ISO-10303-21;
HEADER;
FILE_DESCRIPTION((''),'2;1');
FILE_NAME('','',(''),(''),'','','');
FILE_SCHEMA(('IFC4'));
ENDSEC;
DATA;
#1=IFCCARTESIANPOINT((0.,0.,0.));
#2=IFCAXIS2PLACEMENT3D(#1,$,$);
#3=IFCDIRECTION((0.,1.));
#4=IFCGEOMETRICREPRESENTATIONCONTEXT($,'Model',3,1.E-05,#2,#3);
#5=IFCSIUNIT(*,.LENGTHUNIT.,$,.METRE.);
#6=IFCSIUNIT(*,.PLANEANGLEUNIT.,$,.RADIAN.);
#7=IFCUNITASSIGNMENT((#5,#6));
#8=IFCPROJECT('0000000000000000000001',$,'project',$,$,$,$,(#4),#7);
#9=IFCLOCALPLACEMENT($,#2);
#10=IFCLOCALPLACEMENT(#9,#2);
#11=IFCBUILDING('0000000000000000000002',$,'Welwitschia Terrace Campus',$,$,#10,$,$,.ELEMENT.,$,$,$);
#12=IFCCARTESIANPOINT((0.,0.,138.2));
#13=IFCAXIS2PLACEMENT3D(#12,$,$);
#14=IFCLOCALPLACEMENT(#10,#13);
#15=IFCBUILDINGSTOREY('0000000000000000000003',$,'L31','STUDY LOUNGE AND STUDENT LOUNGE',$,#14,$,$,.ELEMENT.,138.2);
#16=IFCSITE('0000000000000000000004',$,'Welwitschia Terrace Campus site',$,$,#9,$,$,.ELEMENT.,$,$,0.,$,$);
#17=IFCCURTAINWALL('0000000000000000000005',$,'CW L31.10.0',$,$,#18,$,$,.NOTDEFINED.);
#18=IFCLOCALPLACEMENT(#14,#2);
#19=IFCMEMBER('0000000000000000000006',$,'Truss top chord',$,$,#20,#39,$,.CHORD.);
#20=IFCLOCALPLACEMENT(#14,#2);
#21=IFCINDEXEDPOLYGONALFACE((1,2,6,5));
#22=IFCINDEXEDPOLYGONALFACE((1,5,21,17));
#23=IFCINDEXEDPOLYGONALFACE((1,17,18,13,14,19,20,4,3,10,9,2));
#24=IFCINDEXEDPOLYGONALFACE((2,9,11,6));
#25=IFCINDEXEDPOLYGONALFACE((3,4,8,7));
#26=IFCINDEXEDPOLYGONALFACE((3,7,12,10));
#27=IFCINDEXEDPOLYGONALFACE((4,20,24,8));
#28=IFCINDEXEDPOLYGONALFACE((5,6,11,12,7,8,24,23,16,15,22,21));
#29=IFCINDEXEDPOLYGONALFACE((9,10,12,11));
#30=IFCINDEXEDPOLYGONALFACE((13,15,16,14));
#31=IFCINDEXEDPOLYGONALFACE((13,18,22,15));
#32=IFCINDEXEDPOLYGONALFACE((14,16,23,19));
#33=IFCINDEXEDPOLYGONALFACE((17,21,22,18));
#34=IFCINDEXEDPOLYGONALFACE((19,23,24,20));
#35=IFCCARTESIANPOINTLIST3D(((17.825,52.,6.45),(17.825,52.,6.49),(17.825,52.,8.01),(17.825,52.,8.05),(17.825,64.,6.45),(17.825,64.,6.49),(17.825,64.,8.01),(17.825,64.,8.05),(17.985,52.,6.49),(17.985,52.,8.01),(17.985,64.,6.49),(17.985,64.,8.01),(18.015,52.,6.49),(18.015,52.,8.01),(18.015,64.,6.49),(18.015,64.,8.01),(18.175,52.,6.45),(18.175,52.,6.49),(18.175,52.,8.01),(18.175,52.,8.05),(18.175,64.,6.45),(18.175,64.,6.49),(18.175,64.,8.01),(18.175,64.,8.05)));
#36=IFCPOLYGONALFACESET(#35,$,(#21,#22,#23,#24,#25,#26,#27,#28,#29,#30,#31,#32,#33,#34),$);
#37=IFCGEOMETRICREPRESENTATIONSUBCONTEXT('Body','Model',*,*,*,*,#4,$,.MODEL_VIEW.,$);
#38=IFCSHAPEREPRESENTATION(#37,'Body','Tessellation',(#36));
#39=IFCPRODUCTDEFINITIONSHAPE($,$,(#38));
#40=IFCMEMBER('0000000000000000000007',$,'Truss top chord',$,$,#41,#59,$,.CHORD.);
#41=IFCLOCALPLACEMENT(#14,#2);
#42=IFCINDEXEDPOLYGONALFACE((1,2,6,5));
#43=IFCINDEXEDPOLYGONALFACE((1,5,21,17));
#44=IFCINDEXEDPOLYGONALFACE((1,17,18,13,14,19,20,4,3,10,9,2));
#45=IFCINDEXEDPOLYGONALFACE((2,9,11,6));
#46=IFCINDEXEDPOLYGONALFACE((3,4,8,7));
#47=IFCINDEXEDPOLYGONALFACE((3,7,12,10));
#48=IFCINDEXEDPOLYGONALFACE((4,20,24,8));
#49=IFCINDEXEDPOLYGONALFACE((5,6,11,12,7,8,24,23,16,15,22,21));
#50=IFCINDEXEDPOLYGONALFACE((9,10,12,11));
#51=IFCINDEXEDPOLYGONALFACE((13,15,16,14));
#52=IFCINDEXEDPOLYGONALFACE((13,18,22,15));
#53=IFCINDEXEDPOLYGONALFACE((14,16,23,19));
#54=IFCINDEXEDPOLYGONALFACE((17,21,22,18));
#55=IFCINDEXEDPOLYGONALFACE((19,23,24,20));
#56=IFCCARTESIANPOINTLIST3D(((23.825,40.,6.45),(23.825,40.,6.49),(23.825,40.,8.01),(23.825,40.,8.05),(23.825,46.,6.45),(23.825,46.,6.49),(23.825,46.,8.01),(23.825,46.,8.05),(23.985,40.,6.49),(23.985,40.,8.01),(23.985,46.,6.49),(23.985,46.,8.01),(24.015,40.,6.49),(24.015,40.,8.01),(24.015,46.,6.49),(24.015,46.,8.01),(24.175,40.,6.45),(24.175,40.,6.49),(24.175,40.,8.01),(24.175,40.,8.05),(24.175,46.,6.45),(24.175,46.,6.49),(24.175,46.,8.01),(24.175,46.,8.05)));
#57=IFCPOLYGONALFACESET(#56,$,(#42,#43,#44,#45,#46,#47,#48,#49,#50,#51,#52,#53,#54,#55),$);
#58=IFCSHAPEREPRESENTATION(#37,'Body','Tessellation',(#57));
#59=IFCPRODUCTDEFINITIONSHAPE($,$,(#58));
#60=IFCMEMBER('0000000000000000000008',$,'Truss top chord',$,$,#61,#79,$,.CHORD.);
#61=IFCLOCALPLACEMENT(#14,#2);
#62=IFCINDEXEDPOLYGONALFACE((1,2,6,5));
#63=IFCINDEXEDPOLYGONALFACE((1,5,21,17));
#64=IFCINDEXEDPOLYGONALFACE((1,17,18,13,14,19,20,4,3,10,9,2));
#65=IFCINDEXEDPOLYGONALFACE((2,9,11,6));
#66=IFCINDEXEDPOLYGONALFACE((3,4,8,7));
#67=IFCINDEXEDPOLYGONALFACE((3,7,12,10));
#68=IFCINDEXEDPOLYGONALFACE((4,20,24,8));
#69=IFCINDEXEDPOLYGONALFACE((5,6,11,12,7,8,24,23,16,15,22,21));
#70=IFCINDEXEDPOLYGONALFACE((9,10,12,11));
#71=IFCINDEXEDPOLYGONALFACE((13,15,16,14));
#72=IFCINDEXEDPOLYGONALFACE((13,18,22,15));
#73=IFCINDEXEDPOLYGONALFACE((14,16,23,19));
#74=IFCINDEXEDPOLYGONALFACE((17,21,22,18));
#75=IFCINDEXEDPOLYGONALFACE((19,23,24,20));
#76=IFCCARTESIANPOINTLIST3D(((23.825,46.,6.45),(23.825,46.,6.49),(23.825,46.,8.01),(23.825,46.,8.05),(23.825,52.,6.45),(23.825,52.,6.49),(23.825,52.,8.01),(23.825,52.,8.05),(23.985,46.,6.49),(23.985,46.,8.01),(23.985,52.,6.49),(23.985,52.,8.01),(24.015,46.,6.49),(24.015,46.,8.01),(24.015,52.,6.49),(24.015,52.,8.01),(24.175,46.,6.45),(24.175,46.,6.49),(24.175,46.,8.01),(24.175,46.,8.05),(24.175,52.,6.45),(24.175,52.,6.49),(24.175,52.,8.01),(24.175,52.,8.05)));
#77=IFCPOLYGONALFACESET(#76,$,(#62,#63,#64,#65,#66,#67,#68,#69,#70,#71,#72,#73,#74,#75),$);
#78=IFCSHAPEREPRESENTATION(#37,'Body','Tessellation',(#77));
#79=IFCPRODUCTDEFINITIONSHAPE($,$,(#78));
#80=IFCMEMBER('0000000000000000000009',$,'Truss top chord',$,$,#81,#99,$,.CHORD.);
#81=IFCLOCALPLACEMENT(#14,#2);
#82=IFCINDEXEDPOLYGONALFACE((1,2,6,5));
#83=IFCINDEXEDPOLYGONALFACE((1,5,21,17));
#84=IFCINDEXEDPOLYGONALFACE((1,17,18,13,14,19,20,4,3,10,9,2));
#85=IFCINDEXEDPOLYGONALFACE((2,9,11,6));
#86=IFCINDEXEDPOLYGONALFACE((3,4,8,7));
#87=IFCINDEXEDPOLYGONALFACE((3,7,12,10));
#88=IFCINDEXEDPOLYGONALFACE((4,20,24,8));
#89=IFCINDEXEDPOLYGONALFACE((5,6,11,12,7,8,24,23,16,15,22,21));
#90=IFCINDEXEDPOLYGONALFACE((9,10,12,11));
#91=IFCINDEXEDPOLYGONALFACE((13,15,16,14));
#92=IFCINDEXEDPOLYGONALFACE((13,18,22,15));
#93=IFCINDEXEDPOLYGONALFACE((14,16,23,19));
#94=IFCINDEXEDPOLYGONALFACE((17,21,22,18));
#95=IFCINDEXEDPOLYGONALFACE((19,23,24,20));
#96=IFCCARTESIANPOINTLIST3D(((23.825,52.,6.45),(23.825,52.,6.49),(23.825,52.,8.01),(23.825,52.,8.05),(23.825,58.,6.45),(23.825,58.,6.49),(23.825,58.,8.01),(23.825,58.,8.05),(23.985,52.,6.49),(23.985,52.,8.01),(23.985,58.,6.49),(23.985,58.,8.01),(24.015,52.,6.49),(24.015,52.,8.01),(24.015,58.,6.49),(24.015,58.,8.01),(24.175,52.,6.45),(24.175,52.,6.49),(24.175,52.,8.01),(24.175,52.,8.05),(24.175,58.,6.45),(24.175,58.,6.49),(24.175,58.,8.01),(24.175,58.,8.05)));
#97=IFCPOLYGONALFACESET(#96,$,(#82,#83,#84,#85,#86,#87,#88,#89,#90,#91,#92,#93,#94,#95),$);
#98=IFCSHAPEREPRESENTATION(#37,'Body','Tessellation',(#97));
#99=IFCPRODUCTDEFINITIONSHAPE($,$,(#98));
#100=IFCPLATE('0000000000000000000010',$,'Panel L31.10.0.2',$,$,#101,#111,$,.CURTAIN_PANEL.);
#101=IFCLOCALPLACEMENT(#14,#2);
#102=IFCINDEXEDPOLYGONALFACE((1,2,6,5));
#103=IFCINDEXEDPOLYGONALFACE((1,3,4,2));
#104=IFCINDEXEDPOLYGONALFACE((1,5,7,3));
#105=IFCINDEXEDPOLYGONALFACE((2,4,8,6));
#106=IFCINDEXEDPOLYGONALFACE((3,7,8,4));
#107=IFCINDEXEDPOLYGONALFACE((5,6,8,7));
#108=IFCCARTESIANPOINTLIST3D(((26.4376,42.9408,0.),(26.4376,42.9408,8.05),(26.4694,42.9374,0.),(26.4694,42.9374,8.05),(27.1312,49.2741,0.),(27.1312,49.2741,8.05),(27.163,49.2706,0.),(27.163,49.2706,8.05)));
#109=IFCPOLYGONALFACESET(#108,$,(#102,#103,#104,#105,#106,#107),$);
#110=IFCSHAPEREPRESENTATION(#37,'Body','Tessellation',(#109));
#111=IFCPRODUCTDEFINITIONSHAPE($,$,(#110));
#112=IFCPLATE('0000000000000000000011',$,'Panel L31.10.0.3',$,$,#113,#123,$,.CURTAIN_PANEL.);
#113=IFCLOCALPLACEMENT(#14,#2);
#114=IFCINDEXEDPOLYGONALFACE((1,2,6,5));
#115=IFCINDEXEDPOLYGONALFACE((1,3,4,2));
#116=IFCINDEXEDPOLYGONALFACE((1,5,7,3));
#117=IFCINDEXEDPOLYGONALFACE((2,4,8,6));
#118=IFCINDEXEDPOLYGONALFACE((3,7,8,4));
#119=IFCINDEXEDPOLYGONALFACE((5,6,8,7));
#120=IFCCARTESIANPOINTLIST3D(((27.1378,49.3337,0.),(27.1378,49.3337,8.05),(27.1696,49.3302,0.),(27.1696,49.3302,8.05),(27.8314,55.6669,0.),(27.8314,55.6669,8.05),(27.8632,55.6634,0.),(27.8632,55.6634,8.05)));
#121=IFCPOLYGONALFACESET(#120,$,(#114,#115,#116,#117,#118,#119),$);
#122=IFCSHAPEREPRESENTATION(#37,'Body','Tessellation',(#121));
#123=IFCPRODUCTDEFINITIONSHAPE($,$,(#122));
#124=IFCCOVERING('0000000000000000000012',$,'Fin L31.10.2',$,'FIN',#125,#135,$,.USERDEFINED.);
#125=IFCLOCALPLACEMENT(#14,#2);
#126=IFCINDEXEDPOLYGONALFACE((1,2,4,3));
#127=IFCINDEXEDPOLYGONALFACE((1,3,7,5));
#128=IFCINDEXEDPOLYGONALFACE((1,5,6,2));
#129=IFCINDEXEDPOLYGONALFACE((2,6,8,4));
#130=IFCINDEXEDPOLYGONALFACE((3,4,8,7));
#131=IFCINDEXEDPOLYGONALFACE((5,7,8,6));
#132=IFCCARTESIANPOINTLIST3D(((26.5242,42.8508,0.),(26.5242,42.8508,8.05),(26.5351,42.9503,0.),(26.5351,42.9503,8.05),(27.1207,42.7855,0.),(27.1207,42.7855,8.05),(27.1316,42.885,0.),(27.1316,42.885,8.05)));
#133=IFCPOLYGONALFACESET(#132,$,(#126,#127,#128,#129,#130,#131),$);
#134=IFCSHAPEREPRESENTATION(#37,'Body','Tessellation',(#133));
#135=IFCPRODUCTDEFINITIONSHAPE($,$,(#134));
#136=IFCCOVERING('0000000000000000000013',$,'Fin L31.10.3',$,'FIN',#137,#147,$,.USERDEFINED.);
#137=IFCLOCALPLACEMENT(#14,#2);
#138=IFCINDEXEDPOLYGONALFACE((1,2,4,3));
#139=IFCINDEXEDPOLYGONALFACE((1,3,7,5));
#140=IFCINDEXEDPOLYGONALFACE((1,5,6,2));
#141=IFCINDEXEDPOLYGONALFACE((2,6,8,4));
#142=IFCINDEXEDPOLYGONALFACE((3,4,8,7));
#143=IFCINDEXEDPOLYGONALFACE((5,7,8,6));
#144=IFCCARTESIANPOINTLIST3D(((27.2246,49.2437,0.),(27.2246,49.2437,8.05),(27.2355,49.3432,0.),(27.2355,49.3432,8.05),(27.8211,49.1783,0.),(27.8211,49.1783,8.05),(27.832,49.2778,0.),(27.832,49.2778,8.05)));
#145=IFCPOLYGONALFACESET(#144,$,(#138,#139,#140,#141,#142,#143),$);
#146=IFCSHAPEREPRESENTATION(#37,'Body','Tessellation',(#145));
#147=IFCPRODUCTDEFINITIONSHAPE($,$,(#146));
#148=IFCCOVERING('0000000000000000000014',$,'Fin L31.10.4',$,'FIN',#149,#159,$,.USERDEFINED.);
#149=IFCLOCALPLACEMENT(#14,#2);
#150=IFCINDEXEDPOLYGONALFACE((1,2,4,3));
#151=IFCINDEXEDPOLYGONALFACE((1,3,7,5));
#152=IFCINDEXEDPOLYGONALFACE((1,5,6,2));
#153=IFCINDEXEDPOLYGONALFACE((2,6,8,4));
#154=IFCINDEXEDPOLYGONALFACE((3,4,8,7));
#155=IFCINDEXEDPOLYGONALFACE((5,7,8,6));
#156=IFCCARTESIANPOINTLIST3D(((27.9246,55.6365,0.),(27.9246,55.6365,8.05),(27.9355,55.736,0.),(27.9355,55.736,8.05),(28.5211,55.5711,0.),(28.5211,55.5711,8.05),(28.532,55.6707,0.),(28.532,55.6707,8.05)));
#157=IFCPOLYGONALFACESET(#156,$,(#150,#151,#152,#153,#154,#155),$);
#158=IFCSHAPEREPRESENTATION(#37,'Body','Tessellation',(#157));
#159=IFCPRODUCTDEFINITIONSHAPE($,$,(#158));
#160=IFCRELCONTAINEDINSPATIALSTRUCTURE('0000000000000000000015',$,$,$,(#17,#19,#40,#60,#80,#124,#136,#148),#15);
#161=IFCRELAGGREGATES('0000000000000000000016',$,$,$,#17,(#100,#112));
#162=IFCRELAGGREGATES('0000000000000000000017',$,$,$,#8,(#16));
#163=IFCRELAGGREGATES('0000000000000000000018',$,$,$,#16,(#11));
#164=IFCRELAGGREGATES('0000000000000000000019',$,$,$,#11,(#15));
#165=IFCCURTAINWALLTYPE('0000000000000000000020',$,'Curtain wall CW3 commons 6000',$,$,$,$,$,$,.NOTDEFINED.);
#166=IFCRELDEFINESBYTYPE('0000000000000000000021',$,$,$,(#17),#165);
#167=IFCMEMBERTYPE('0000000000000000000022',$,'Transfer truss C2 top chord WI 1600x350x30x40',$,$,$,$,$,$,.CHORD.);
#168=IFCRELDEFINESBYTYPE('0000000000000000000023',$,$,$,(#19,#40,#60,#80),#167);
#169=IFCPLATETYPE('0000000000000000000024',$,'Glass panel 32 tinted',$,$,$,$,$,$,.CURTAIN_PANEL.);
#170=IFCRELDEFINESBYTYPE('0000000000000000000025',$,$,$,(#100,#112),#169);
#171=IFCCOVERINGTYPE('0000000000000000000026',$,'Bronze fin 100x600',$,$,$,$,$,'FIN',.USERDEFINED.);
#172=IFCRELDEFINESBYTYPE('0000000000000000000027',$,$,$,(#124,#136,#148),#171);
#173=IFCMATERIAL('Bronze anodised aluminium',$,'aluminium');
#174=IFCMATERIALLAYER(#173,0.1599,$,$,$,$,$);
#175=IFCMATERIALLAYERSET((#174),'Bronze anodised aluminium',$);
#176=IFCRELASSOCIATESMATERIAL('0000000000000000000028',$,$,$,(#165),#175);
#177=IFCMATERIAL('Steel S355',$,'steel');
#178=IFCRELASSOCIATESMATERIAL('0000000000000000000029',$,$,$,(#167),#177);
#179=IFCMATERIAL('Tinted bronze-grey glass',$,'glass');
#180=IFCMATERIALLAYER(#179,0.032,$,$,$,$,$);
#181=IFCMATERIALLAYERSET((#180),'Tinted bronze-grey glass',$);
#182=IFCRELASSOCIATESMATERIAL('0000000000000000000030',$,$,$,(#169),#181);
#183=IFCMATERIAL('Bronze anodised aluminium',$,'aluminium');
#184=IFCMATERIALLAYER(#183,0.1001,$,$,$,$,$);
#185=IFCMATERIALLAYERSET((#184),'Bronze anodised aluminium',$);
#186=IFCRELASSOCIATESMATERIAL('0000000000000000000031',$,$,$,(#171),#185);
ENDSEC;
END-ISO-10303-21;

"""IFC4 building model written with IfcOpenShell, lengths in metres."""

from ifc_helpers import new_model, si_unit, direction, frame, origin, origin_2d, place, context, subcontext, project, spatial, rectangle, i_section, extrude, material, layer, layer_set, material_profile, profile_set, type_object, element, aggregate, save


model = new_model("IFC4")

# Units and contexts
model_context = context("Model", 3, precision=1e-05, world=origin(), true_north=direction((0.0, 1.0)))
body_context = subcontext(model_context, "Body", "Model", "MODEL_VIEW")
ifc_project = project(units=[si_unit("LENGTHUNIT", "METRE"), si_unit("PLANEANGLEUNIT", "RADIAN")], contexts=[model_context])

# Site, building, storey
site_placement = place(None, origin())
site = spatial("IfcSite", under=ifc_project, at=site_placement, Name="Welwitschia Terrace Campus site", CompositionType="ELEMENT", RefElevation=0.0)
building_placement = place(site_placement, origin())
building = spatial("IfcBuilding", under=site, at=building_placement, Name="Welwitschia Terrace Campus", CompositionType="ELEMENT")
storey_placement = place(building_placement, frame((0.0, 0.0, 138.2)))
storey = spatial("IfcBuildingStorey", under=building, at=storey_placement, Name="L31", Description="STUDY LOUNGE AND STUDENT LOUNGE", CompositionType="ELEMENT", Elevation=138.2)

# Curtain wall
ifc_material_1 = material(Name="Bronze anodised aluminium", Category="aluminium")
ifc_layer_1 = layer(ifc_material_1, 0.1599)
ifc_layer_set_1 = layer_set([ifc_layer_1], Name="Bronze anodised aluminium")
curtain_wall_type = type_object("IfcCurtainWallType", Name="Curtain wall CW3 commons 6000", PredefinedType="NOTDEFINED", material=ifc_layer_set_1)
curtain_wall_placement = place(storey_placement, origin())
curtain_wall = element("IfcCurtainWall", 1, at=curtain_wall_placement, inside=storey, type_object=curtain_wall_type, Name="CW L31.10.0", PredefinedType="NOTDEFINED")

# Members
ifc_material_2 = material(Name="Steel S355", Category="steel")
ifc_material_profile_1 = material_profile(ifc_material_2, i_section(OverallWidth=0.3501, OverallDepth=1.6001, WebThickness=0.03, FlangeThickness=0.04, at=origin_2d()))
ifc_profile_set_1 = profile_set([ifc_material_profile_1], Name="Steel S355")
member_type_1 = type_object("IfcMemberType", Name="Transfer truss C2 top chord WI 1600x350x30x40", PredefinedType="CHORD", material=ifc_profile_set_1)
member_1_placement = place(storey_placement, frame((18.0, 52.0, 7.25), z_axis=(0.0, 1.0, 0.0), x_axis=(-1.0, 0.0, 0.0)))
element("IfcMember", 2, at=member_1_placement, inside=storey, type_object=member_type_1, Name="Truss top chord", PredefinedType="CHORD", context=body_context, shape_type="SweptSolid", body=[
    extrude(i_section(OverallWidth=0.3501, OverallDepth=1.6001, WebThickness=0.03, FlangeThickness=0.04, at=origin_2d()), origin(), (0.0, 0.0, 1.0), 12.0),
])
for number, where, z_axis, x_axis, name in (
    (3, (24.0, 40.0, 7.25), (0.0, 1.0, 0.0), (-1.0, 0.0, 0.0), "Truss top chord"),
    (4, (24.0, 46.0, 7.25), (0.0, 1.0, 0.0), (-1.0, 0.0, 0.0), "Truss top chord"),
    (5, (24.0, 52.0, 7.25), (0.0, 1.0, 0.0), (-1.0, 0.0, 0.0), "Truss top chord"),
):
    element("IfcMember", number, at=place(storey_placement, frame(where, z_axis=z_axis, x_axis=x_axis)), inside=storey, type_object=member_type_1, Name=name, PredefinedType="CHORD", context=body_context, shape_type="SweptSolid", body=[
        extrude(i_section(OverallWidth=0.3501, OverallDepth=1.6001, WebThickness=0.03, FlangeThickness=0.04, at=origin_2d()), origin(), (0.0, 0.0, 1.0), 6.0),
    ])

# Plates
ifc_material_3 = material(Name="Tinted bronze-grey glass", Category="glass")
ifc_layer_2 = layer(ifc_material_3, 0.032)
ifc_layer_set_2 = layer_set([ifc_layer_2], Name="Tinted bronze-grey glass")
plate_type = type_object("IfcPlateType", Name="Glass panel 32 tinted", PredefinedType="CURTAIN_PANEL", material=ifc_layer_set_2)
plate_1_placement = place(storey_placement, frame((26.8003, 46.1057, 0.0), z_axis=(0.0, 0.0, 1.0), x_axis=(0.108867, 0.994056, 0.0)))
plate_1 = element("IfcPlate", 6, at=plate_1_placement, type_object=plate_type, Name="Panel L31.10.0.2", PredefinedType="CURTAIN_PANEL", context=body_context, shape_type="SweptSolid", body=[
    extrude(rectangle(XDim=6.3711, YDim=0.032, at=origin_2d()), origin(), (0.0, 0.0, 1.0), 8.05),
])
plate_2_placement = place(storey_placement, frame((27.5005, 52.4985, 0.0), z_axis=(0.0, 0.0, 1.0), x_axis=(0.108867, 0.994056, 0.0)))
plate_2 = element("IfcPlate", 7, at=plate_2_placement, type_object=plate_type, Name="Panel L31.10.0.3", PredefinedType="CURTAIN_PANEL", context=body_context, shape_type="SweptSolid", body=[
    extrude(rectangle(XDim=6.3711, YDim=0.032, at=origin_2d()), origin(), (0.0, 0.0, 1.0), 8.05),
])
aggregate(curtain_wall, [plate_1, plate_2])

# Coverings
ifc_material_4 = material(Name="Bronze anodised aluminium", Category="aluminium")
ifc_layer_3 = layer(ifc_material_4, 0.1001)
ifc_layer_set_3 = layer_set([ifc_layer_3], Name="Bronze anodised aluminium")
covering_type = type_object("IfcCoveringType", Name="Bronze fin 100x600", ElementType="FIN", PredefinedType="USERDEFINED", material=ifc_layer_set_3)
for number, where, z_axis, x_axis, name in (
    (8, (26.8279, 42.8679, 0.0), (0.0, 0.0, 1.0), (0.108867, 0.994056, 0.0), "Fin L31.10.2"),
    (9, (27.5283, 49.2607, 0.0), (0.0, 0.0, 1.0), (0.108867, 0.994056, 0.0), "Fin L31.10.3"),
    (10, (28.2283, 55.6536, 0.0), (0.0, 0.0, 1.0), (0.108867, 0.994056, 0.0), "Fin L31.10.4"),
):
    element("IfcCovering", number, at=place(storey_placement, frame(where, z_axis=z_axis, x_axis=x_axis)), inside=storey, type_object=covering_type, Name=name, ObjectType="FIN", PredefinedType="USERDEFINED", context=body_context, shape_type="SweptSolid", body=[
        extrude(rectangle(XDim=0.1001, YDim=0.6001, at=origin_2d()), origin(), (0.0, 0.0, 1.0), 8.05),
    ])

save(model, "model.ifc")
